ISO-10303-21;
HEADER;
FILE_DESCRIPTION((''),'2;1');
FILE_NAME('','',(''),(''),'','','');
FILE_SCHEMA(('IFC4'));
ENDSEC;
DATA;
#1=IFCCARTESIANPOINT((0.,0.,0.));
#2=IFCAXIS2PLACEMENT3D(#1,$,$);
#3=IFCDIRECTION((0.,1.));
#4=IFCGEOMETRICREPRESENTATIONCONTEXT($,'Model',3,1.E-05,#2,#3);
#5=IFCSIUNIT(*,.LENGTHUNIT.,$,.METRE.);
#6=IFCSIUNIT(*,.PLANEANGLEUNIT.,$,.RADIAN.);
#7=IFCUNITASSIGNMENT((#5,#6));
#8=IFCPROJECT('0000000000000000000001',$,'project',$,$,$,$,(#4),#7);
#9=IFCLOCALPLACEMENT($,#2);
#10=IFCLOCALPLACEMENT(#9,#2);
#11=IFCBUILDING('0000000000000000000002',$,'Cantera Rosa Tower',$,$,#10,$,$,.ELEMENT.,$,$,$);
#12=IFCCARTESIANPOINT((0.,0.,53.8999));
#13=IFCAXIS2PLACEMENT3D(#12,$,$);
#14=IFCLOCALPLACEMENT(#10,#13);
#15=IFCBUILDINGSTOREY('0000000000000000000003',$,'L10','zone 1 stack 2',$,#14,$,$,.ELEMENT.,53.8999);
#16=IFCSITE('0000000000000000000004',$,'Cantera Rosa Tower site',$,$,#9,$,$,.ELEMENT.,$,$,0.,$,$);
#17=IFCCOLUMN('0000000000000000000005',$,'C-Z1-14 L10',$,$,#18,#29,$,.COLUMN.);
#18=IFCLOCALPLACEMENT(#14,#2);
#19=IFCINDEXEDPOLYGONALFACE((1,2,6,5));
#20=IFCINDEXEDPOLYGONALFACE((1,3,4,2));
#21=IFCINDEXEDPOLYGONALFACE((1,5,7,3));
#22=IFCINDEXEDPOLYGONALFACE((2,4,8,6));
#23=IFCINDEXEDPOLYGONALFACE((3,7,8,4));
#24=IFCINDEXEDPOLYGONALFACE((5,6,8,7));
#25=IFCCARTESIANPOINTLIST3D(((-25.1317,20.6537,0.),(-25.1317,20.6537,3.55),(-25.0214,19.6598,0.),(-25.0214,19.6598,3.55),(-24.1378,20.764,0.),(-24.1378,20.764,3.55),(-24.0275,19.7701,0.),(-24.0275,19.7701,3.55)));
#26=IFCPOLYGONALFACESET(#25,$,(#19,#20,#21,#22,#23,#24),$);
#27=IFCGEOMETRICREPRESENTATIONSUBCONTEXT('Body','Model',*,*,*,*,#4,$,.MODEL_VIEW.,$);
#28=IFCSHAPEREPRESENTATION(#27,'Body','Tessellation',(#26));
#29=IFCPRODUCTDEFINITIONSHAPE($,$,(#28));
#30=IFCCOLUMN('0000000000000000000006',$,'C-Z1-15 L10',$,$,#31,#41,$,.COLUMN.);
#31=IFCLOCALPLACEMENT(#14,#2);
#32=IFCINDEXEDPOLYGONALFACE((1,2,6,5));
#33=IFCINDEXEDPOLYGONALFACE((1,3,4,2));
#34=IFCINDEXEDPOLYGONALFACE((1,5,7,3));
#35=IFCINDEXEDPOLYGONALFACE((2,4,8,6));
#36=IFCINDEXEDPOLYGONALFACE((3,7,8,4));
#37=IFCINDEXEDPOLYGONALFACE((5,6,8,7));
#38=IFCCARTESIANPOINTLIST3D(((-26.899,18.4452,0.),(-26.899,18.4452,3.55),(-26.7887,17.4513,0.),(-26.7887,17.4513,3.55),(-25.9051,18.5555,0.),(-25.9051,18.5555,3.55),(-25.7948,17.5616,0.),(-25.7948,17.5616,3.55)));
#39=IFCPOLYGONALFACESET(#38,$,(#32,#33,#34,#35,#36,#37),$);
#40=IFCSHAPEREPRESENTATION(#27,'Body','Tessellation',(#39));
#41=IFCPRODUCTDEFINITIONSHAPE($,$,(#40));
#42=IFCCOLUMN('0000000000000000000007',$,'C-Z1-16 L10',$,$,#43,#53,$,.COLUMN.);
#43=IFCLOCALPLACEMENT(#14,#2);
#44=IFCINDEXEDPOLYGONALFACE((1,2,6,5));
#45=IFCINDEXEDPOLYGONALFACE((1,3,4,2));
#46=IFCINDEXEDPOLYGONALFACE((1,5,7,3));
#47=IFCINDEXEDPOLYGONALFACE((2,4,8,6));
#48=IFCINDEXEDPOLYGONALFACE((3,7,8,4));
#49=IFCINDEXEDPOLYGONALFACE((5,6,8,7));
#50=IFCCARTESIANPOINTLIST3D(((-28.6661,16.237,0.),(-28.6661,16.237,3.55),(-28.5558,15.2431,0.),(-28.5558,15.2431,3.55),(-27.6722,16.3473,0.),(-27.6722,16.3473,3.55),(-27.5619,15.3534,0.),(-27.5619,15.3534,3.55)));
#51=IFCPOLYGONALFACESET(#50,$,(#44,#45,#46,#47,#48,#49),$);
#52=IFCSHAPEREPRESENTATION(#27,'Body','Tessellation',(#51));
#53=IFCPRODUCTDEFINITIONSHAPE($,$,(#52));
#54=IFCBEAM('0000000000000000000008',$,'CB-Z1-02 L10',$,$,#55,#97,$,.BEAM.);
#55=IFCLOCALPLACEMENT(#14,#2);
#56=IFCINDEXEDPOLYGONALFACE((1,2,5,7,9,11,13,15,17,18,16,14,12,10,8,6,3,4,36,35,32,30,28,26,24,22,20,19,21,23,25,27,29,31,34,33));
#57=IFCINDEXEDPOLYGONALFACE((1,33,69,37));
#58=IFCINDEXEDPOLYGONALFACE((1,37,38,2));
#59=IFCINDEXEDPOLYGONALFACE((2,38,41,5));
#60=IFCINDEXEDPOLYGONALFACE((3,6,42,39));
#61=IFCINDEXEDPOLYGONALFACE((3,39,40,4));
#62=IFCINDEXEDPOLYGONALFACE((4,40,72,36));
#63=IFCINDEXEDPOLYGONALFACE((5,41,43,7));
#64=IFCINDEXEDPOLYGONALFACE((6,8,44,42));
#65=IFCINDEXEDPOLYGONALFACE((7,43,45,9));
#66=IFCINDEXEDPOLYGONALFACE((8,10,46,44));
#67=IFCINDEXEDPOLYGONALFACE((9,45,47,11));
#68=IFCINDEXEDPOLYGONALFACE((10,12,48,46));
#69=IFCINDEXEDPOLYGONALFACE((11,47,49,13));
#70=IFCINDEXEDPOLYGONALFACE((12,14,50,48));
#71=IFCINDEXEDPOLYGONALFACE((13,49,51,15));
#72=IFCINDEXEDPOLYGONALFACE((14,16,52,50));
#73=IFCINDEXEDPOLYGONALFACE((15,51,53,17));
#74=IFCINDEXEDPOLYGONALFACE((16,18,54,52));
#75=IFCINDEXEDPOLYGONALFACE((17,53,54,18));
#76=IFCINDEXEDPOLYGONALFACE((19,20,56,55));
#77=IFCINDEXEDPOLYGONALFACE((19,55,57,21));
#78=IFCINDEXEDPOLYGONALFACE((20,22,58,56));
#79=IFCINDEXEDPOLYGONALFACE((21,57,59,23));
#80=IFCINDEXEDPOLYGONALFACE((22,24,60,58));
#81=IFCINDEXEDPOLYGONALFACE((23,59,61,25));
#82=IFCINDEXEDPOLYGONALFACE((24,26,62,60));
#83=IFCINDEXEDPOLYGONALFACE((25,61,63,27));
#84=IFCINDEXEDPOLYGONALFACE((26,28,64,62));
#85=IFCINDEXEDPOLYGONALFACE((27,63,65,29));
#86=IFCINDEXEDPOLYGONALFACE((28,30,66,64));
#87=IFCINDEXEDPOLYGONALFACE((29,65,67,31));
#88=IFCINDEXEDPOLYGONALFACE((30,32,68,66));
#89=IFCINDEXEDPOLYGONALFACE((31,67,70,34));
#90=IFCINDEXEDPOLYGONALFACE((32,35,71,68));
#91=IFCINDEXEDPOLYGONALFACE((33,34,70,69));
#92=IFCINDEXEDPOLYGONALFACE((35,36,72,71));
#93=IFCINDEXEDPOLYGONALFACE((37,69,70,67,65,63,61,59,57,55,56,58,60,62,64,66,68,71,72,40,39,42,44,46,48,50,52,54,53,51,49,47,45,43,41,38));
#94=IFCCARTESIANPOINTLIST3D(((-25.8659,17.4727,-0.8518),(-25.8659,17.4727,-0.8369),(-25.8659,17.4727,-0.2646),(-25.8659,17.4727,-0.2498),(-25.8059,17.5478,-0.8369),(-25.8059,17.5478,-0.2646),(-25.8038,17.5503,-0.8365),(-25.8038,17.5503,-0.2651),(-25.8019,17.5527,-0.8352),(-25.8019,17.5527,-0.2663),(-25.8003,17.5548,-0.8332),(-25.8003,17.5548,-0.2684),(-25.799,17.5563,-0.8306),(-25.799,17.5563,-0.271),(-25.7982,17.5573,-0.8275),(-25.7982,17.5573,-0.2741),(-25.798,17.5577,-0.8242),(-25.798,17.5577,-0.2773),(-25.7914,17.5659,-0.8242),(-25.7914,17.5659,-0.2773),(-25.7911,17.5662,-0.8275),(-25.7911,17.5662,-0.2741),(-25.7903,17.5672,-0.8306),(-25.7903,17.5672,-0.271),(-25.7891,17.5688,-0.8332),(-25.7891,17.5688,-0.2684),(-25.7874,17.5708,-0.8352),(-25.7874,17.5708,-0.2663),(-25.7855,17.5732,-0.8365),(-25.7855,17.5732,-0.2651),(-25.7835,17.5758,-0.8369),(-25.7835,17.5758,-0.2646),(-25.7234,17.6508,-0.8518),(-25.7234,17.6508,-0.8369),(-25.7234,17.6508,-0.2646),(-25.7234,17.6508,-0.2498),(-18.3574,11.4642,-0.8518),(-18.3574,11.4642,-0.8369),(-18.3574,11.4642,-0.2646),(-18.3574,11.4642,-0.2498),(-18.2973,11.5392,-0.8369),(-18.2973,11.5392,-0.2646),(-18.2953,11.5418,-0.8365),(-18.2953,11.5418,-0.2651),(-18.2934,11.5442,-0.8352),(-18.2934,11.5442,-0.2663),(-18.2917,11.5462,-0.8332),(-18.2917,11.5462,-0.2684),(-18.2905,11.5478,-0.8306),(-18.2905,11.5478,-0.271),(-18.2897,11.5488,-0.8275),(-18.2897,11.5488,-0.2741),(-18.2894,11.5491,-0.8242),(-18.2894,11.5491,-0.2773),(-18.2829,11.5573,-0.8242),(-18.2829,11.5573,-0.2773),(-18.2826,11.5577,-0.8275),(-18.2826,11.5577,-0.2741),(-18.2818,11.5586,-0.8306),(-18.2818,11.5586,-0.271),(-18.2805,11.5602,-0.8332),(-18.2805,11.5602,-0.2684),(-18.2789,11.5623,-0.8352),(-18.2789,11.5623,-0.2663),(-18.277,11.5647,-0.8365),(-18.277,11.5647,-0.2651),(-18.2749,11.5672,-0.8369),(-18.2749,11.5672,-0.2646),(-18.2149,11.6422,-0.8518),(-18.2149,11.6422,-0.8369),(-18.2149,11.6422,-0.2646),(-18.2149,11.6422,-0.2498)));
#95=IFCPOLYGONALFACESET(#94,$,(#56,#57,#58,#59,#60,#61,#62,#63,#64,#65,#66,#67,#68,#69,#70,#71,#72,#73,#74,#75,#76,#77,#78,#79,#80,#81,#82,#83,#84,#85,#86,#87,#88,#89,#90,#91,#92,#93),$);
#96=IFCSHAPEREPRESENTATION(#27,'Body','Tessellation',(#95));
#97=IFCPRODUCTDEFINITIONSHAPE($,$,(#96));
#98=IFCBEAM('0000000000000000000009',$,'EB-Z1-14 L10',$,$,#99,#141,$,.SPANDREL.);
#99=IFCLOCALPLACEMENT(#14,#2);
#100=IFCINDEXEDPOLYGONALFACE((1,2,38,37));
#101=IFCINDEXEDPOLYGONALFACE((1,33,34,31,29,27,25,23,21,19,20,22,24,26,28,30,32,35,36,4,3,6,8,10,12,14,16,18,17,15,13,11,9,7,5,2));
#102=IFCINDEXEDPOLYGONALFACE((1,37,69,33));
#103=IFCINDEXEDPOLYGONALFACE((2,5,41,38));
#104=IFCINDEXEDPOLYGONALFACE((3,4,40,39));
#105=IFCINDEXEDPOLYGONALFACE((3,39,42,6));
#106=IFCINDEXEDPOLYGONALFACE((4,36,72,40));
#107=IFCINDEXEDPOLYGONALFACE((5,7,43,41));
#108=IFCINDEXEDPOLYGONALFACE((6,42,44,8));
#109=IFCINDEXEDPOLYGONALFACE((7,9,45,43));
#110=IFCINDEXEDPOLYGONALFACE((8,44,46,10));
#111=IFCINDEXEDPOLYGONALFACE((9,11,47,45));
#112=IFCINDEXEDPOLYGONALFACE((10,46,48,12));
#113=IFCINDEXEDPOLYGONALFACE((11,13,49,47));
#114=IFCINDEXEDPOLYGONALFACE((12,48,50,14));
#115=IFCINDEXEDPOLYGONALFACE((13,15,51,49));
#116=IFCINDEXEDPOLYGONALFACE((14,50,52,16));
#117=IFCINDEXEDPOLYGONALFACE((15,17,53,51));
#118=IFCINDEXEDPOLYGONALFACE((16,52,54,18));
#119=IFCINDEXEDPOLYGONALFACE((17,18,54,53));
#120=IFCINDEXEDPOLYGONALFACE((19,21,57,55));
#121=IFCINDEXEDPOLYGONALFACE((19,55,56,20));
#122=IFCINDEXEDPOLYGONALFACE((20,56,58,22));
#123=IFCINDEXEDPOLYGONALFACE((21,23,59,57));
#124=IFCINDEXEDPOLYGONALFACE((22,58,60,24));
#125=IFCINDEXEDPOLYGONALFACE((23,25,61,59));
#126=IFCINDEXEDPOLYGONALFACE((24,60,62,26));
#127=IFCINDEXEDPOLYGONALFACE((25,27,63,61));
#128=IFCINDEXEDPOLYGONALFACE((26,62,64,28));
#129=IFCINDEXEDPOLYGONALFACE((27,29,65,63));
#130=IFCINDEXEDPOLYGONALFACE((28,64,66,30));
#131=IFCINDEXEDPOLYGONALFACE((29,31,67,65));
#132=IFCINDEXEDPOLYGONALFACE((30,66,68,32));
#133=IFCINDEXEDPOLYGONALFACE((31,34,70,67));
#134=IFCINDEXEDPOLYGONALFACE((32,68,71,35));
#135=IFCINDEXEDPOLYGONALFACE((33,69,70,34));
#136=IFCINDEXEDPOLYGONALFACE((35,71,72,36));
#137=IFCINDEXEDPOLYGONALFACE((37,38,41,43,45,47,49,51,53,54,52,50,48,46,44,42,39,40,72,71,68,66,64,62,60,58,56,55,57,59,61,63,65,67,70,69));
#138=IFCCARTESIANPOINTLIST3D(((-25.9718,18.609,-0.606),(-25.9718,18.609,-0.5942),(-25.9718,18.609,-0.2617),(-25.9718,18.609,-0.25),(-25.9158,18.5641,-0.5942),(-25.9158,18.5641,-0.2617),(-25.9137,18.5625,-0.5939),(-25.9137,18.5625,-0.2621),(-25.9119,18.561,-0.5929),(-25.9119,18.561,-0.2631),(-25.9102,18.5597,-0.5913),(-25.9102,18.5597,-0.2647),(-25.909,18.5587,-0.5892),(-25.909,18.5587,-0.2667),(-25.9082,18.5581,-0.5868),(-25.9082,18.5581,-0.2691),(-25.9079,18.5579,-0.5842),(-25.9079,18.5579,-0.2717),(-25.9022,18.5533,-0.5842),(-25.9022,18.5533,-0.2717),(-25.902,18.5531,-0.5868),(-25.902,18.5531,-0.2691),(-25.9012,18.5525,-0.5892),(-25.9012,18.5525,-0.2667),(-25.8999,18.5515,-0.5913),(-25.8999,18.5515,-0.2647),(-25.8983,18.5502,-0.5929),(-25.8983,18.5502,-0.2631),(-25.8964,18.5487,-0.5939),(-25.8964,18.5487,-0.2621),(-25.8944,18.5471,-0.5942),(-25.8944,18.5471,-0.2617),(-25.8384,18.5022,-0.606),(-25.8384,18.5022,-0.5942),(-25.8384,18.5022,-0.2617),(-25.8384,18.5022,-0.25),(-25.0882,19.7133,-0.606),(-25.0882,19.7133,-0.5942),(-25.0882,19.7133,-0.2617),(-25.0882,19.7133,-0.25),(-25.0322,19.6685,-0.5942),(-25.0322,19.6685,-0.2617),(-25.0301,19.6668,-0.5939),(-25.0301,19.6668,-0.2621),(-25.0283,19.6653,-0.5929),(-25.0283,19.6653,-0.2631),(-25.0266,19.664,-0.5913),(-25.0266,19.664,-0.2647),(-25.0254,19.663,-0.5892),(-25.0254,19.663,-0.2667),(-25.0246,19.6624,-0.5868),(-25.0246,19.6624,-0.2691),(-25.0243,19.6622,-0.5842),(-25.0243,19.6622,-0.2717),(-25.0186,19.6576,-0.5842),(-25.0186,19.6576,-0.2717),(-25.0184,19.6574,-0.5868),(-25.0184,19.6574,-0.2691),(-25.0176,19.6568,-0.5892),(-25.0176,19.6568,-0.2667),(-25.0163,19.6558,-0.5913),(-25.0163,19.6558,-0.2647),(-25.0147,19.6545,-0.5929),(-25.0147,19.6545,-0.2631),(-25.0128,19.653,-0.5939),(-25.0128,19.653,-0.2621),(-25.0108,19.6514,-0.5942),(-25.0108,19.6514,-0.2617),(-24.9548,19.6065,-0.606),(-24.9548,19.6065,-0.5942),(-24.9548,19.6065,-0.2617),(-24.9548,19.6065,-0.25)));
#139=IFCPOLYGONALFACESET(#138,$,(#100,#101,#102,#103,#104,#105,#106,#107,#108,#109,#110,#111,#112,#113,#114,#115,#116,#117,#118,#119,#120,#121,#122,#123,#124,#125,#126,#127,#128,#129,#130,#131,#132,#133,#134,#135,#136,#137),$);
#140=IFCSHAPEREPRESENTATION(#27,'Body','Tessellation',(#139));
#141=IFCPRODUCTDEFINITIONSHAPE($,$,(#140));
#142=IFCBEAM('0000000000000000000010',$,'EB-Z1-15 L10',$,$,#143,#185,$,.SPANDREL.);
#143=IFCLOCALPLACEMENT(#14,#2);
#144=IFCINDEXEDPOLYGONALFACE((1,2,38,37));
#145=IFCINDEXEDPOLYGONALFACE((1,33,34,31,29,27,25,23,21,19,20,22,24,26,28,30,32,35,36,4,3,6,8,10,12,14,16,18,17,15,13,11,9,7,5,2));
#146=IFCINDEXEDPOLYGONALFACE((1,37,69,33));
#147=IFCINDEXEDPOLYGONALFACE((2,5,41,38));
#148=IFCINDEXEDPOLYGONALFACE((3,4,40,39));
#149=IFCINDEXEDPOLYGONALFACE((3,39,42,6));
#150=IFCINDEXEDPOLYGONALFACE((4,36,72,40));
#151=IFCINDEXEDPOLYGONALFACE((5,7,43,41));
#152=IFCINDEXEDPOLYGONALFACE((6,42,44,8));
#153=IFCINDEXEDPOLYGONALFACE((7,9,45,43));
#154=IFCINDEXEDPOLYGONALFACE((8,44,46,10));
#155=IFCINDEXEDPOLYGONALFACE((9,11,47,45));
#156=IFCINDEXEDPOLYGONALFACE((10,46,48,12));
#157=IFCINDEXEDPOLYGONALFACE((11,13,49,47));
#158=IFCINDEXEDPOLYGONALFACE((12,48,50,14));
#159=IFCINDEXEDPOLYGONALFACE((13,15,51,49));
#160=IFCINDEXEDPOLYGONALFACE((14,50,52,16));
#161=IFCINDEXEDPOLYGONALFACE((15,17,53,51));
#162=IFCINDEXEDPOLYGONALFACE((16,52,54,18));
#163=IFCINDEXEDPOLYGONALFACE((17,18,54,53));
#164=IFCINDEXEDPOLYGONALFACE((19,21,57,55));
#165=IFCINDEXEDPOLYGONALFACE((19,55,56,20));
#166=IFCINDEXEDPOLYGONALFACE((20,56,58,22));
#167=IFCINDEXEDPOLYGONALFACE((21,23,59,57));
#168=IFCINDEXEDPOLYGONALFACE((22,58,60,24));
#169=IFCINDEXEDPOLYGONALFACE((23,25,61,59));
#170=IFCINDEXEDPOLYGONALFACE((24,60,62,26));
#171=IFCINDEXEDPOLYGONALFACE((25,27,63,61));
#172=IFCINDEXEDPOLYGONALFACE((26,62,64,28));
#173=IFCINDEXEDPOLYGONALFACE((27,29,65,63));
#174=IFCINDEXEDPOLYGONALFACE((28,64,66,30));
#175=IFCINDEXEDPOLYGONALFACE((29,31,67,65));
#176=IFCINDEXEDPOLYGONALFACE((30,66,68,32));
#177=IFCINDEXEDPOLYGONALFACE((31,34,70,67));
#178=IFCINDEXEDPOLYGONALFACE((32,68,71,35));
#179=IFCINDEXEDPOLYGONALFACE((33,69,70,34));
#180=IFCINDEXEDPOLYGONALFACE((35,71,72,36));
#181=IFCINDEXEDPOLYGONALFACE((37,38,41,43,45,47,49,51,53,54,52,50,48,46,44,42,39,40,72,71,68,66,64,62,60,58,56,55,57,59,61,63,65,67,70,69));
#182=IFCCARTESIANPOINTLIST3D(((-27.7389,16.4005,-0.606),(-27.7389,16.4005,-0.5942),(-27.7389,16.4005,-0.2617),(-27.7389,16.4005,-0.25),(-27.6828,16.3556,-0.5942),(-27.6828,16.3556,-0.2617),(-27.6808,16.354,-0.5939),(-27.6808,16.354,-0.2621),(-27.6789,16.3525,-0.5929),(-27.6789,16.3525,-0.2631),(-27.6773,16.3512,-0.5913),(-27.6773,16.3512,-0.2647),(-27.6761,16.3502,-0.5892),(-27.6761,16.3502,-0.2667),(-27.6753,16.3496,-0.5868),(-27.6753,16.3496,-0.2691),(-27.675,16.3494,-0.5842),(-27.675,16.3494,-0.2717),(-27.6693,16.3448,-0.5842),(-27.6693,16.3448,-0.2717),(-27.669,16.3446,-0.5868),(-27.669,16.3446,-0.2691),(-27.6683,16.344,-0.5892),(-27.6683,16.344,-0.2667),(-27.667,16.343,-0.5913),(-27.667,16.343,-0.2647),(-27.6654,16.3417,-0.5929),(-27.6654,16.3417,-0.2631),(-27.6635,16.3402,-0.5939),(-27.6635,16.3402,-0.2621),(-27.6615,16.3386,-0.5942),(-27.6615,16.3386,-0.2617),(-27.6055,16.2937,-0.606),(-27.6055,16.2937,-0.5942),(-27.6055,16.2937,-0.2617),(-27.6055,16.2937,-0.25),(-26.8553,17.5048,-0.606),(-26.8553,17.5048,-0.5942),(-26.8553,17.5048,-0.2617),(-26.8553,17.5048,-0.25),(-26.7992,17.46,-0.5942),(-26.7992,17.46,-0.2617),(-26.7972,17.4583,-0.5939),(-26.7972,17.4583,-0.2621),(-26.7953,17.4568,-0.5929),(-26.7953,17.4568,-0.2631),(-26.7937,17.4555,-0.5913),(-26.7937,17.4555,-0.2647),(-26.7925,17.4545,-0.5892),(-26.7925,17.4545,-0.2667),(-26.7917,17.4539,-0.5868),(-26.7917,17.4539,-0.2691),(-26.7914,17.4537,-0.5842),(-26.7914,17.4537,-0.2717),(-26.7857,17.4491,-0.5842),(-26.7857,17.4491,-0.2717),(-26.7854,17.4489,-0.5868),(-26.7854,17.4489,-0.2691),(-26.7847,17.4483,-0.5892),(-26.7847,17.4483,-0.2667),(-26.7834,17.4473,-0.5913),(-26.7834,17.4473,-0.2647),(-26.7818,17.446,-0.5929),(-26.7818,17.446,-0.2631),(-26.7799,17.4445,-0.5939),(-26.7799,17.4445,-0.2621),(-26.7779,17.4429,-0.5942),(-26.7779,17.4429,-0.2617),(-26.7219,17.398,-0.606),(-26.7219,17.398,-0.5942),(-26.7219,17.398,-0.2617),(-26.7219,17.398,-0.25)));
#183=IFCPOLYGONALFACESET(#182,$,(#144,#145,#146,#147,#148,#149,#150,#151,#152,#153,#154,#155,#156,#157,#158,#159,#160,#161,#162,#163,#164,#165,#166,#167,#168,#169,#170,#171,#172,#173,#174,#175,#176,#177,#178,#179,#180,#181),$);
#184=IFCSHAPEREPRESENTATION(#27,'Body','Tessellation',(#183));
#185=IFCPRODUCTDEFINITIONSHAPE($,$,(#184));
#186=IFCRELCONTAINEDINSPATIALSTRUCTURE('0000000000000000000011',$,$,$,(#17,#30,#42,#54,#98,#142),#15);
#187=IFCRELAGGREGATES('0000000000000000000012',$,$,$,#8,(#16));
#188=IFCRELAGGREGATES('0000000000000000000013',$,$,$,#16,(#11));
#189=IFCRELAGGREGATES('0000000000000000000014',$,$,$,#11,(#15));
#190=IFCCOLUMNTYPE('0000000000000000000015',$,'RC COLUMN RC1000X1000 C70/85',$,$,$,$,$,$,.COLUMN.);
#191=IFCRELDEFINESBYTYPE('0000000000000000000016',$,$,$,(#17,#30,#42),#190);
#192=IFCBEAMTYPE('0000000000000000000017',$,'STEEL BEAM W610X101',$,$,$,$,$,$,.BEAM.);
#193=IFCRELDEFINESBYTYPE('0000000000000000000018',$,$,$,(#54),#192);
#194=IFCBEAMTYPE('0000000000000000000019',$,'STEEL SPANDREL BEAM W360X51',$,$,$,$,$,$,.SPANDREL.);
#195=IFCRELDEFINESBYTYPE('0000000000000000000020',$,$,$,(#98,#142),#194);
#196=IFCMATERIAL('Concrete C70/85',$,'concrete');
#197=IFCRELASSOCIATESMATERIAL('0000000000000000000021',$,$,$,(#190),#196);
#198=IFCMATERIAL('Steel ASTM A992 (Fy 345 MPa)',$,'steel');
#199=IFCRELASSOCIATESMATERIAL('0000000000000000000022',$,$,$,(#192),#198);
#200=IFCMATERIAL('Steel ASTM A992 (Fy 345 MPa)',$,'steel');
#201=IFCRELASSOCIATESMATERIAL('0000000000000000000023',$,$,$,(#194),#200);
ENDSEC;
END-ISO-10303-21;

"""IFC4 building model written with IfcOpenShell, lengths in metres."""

from ifc_helpers import new_model, si_unit, direction, frame, origin, origin_2d, place, context, subcontext, project, spatial, rectangle, i_section, extrude, material, material_profile, profile_set, type_object, element, save


model = new_model("IFC4")

# Units and contexts
model_context = context("Model", 3, precision=1e-05, world=origin(), true_north=direction((0.0, 1.0)))
body_context = subcontext(model_context, "Body", "Model", "MODEL_VIEW")
ifc_project = project(units=[si_unit("LENGTHUNIT", "METRE"), si_unit("PLANEANGLEUNIT", "RADIAN")], contexts=[model_context])

# Site, building, storey
site_placement = place(None, origin())
site = spatial("IfcSite", under=ifc_project, at=site_placement, Name="Cantera Rosa Tower site", CompositionType="ELEMENT", RefElevation=0.0)
building_placement = place(site_placement, origin())
building = spatial("IfcBuilding", under=site, at=building_placement, Name="Cantera Rosa Tower", CompositionType="ELEMENT")
storey_placement = place(building_placement, frame((0.0, 0.0, 53.8999)))
storey = spatial("IfcBuildingStorey", under=building, at=storey_placement, Name="L10", Description="zone 1 stack 2", CompositionType="ELEMENT", Elevation=53.8999)

# Columns
ifc_material_1 = material(Name="Concrete C70/85", Category="concrete")
ifc_material_profile_1 = material_profile(ifc_material_1, rectangle(XDim=1.0, YDim=1.0, at=origin_2d()), Name="RC COLUMN RC1000X1000 C70/85")
ifc_profile_set_1 = profile_set([ifc_material_profile_1], Name="Concrete C70/85")
column_type = type_object("IfcColumnType", Name="RC COLUMN RC1000X1000 C70/85", PredefinedType="COLUMN", material=ifc_profile_set_1)
for number, where, z_axis, x_axis, name in (
    (1, (-24.5796, 20.2119, 0.0), (0.0, 0.0, 1.0), (0.993897, 0.110313, 0.0), "C-Z1-14 L10"),
    (2, (-26.3469, 18.0034, 0.0), (0.0, 0.0, 1.0), (0.993897, 0.110313, 0.0), "C-Z1-15 L10"),
    (3, (-28.114, 15.7952, 0.0), (0.0, 0.0, 1.0), (0.993897, 0.110313, 0.0), "C-Z1-16 L10"),
):
    element("IfcColumn", number, at=place(storey_placement, frame(where, z_axis=z_axis, x_axis=x_axis)), inside=storey, type_object=column_type, Name=name, PredefinedType="COLUMN", context=body_context, shape_type="SweptSolid", body=[
        extrude(rectangle(XDim=1.0, YDim=1.0, at=origin_2d()), origin(), (0.0, 0.0, 1.0), 3.55),
    ])

# Beams
ifc_material_2 = material(Name="Steel ASTM A992 (Fy 345 MPa)", Category="steel")
ifc_material_profile_2 = material_profile(ifc_material_2, i_section(OverallWidth=0.228, OverallDepth=0.6021, WebThickness=0.0105, FlangeThickness=0.0149, FilletRadius=0.0127, at=origin_2d()), Name="W610X101")
ifc_profile_set_2 = profile_set([ifc_material_profile_2], Name="Steel ASTM A992 (Fy 345 MPa)")
beam_type_1 = type_object("IfcBeamType", Name="STEEL BEAM W610X101", PredefinedType="BEAM", material=ifc_profile_set_2)
beam_1_placement = place(storey_placement, frame((-25.7947, 17.5618, -0.5508), z_axis=(0.780782, -0.624803, 0.0), x_axis=(0.624803, 0.780782, 0.0)))
element("IfcBeam", 4, at=beam_1_placement, inside=storey, type_object=beam_type_1, Name="CB-Z1-02 L10", PredefinedType="BEAM", context=body_context, shape_type="SweptSolid", body=[
    extrude(i_section(OverallWidth=0.228, OverallDepth=0.6021, WebThickness=0.0105, FlangeThickness=0.0149, FilletRadius=0.0127, at=origin_2d()), origin(), (0.0, 0.0, 1.0), 9.6167),
])
ifc_material_3 = material(Name="Steel ASTM A992 (Fy 345 MPa)", Category="steel")
ifc_material_profile_3 = material_profile(ifc_material_3, i_section(OverallWidth=0.1709, OverallDepth=0.356, WebThickness=0.0073, FlangeThickness=0.0117, FilletRadius=0.01, at=origin_2d()), Name="W360X51")
ifc_profile_set_3 = profile_set([ifc_material_profile_3], Name="Steel ASTM A992 (Fy 345 MPa)")
beam_type_2 = type_object("IfcBeamType", Name="STEEL SPANDREL BEAM W360X51", PredefinedType="SPANDREL", material=ifc_profile_set_3)
for number, where, z_axis, x_axis, name in (
    (5, (-25.0215, 19.6599, -0.428), (-0.624758, -0.780818, 0.0), (0.780818, -0.624758, 0.0), "EB-Z1-14 L10"),
    (6, (-26.7886, 17.4514, -0.428), (-0.624758, -0.780818, 0.0), (0.780818, -0.624758, 0.0), "EB-Z1-15 L10"),
):
    element("IfcBeam", number, at=place(storey_placement, frame(where, z_axis=z_axis, x_axis=x_axis)), inside=storey, type_object=beam_type_2, Name=name, PredefinedType="SPANDREL", context=body_context, shape_type="SweptSolid", body=[
        extrude(i_section(OverallWidth=0.1709, OverallDepth=0.356, WebThickness=0.0073, FlangeThickness=0.0117, FilletRadius=0.01, at=origin_2d()), origin(), (0.0, 0.0, 1.0), 1.4143),
    ])

save(model, "model.ifc")
